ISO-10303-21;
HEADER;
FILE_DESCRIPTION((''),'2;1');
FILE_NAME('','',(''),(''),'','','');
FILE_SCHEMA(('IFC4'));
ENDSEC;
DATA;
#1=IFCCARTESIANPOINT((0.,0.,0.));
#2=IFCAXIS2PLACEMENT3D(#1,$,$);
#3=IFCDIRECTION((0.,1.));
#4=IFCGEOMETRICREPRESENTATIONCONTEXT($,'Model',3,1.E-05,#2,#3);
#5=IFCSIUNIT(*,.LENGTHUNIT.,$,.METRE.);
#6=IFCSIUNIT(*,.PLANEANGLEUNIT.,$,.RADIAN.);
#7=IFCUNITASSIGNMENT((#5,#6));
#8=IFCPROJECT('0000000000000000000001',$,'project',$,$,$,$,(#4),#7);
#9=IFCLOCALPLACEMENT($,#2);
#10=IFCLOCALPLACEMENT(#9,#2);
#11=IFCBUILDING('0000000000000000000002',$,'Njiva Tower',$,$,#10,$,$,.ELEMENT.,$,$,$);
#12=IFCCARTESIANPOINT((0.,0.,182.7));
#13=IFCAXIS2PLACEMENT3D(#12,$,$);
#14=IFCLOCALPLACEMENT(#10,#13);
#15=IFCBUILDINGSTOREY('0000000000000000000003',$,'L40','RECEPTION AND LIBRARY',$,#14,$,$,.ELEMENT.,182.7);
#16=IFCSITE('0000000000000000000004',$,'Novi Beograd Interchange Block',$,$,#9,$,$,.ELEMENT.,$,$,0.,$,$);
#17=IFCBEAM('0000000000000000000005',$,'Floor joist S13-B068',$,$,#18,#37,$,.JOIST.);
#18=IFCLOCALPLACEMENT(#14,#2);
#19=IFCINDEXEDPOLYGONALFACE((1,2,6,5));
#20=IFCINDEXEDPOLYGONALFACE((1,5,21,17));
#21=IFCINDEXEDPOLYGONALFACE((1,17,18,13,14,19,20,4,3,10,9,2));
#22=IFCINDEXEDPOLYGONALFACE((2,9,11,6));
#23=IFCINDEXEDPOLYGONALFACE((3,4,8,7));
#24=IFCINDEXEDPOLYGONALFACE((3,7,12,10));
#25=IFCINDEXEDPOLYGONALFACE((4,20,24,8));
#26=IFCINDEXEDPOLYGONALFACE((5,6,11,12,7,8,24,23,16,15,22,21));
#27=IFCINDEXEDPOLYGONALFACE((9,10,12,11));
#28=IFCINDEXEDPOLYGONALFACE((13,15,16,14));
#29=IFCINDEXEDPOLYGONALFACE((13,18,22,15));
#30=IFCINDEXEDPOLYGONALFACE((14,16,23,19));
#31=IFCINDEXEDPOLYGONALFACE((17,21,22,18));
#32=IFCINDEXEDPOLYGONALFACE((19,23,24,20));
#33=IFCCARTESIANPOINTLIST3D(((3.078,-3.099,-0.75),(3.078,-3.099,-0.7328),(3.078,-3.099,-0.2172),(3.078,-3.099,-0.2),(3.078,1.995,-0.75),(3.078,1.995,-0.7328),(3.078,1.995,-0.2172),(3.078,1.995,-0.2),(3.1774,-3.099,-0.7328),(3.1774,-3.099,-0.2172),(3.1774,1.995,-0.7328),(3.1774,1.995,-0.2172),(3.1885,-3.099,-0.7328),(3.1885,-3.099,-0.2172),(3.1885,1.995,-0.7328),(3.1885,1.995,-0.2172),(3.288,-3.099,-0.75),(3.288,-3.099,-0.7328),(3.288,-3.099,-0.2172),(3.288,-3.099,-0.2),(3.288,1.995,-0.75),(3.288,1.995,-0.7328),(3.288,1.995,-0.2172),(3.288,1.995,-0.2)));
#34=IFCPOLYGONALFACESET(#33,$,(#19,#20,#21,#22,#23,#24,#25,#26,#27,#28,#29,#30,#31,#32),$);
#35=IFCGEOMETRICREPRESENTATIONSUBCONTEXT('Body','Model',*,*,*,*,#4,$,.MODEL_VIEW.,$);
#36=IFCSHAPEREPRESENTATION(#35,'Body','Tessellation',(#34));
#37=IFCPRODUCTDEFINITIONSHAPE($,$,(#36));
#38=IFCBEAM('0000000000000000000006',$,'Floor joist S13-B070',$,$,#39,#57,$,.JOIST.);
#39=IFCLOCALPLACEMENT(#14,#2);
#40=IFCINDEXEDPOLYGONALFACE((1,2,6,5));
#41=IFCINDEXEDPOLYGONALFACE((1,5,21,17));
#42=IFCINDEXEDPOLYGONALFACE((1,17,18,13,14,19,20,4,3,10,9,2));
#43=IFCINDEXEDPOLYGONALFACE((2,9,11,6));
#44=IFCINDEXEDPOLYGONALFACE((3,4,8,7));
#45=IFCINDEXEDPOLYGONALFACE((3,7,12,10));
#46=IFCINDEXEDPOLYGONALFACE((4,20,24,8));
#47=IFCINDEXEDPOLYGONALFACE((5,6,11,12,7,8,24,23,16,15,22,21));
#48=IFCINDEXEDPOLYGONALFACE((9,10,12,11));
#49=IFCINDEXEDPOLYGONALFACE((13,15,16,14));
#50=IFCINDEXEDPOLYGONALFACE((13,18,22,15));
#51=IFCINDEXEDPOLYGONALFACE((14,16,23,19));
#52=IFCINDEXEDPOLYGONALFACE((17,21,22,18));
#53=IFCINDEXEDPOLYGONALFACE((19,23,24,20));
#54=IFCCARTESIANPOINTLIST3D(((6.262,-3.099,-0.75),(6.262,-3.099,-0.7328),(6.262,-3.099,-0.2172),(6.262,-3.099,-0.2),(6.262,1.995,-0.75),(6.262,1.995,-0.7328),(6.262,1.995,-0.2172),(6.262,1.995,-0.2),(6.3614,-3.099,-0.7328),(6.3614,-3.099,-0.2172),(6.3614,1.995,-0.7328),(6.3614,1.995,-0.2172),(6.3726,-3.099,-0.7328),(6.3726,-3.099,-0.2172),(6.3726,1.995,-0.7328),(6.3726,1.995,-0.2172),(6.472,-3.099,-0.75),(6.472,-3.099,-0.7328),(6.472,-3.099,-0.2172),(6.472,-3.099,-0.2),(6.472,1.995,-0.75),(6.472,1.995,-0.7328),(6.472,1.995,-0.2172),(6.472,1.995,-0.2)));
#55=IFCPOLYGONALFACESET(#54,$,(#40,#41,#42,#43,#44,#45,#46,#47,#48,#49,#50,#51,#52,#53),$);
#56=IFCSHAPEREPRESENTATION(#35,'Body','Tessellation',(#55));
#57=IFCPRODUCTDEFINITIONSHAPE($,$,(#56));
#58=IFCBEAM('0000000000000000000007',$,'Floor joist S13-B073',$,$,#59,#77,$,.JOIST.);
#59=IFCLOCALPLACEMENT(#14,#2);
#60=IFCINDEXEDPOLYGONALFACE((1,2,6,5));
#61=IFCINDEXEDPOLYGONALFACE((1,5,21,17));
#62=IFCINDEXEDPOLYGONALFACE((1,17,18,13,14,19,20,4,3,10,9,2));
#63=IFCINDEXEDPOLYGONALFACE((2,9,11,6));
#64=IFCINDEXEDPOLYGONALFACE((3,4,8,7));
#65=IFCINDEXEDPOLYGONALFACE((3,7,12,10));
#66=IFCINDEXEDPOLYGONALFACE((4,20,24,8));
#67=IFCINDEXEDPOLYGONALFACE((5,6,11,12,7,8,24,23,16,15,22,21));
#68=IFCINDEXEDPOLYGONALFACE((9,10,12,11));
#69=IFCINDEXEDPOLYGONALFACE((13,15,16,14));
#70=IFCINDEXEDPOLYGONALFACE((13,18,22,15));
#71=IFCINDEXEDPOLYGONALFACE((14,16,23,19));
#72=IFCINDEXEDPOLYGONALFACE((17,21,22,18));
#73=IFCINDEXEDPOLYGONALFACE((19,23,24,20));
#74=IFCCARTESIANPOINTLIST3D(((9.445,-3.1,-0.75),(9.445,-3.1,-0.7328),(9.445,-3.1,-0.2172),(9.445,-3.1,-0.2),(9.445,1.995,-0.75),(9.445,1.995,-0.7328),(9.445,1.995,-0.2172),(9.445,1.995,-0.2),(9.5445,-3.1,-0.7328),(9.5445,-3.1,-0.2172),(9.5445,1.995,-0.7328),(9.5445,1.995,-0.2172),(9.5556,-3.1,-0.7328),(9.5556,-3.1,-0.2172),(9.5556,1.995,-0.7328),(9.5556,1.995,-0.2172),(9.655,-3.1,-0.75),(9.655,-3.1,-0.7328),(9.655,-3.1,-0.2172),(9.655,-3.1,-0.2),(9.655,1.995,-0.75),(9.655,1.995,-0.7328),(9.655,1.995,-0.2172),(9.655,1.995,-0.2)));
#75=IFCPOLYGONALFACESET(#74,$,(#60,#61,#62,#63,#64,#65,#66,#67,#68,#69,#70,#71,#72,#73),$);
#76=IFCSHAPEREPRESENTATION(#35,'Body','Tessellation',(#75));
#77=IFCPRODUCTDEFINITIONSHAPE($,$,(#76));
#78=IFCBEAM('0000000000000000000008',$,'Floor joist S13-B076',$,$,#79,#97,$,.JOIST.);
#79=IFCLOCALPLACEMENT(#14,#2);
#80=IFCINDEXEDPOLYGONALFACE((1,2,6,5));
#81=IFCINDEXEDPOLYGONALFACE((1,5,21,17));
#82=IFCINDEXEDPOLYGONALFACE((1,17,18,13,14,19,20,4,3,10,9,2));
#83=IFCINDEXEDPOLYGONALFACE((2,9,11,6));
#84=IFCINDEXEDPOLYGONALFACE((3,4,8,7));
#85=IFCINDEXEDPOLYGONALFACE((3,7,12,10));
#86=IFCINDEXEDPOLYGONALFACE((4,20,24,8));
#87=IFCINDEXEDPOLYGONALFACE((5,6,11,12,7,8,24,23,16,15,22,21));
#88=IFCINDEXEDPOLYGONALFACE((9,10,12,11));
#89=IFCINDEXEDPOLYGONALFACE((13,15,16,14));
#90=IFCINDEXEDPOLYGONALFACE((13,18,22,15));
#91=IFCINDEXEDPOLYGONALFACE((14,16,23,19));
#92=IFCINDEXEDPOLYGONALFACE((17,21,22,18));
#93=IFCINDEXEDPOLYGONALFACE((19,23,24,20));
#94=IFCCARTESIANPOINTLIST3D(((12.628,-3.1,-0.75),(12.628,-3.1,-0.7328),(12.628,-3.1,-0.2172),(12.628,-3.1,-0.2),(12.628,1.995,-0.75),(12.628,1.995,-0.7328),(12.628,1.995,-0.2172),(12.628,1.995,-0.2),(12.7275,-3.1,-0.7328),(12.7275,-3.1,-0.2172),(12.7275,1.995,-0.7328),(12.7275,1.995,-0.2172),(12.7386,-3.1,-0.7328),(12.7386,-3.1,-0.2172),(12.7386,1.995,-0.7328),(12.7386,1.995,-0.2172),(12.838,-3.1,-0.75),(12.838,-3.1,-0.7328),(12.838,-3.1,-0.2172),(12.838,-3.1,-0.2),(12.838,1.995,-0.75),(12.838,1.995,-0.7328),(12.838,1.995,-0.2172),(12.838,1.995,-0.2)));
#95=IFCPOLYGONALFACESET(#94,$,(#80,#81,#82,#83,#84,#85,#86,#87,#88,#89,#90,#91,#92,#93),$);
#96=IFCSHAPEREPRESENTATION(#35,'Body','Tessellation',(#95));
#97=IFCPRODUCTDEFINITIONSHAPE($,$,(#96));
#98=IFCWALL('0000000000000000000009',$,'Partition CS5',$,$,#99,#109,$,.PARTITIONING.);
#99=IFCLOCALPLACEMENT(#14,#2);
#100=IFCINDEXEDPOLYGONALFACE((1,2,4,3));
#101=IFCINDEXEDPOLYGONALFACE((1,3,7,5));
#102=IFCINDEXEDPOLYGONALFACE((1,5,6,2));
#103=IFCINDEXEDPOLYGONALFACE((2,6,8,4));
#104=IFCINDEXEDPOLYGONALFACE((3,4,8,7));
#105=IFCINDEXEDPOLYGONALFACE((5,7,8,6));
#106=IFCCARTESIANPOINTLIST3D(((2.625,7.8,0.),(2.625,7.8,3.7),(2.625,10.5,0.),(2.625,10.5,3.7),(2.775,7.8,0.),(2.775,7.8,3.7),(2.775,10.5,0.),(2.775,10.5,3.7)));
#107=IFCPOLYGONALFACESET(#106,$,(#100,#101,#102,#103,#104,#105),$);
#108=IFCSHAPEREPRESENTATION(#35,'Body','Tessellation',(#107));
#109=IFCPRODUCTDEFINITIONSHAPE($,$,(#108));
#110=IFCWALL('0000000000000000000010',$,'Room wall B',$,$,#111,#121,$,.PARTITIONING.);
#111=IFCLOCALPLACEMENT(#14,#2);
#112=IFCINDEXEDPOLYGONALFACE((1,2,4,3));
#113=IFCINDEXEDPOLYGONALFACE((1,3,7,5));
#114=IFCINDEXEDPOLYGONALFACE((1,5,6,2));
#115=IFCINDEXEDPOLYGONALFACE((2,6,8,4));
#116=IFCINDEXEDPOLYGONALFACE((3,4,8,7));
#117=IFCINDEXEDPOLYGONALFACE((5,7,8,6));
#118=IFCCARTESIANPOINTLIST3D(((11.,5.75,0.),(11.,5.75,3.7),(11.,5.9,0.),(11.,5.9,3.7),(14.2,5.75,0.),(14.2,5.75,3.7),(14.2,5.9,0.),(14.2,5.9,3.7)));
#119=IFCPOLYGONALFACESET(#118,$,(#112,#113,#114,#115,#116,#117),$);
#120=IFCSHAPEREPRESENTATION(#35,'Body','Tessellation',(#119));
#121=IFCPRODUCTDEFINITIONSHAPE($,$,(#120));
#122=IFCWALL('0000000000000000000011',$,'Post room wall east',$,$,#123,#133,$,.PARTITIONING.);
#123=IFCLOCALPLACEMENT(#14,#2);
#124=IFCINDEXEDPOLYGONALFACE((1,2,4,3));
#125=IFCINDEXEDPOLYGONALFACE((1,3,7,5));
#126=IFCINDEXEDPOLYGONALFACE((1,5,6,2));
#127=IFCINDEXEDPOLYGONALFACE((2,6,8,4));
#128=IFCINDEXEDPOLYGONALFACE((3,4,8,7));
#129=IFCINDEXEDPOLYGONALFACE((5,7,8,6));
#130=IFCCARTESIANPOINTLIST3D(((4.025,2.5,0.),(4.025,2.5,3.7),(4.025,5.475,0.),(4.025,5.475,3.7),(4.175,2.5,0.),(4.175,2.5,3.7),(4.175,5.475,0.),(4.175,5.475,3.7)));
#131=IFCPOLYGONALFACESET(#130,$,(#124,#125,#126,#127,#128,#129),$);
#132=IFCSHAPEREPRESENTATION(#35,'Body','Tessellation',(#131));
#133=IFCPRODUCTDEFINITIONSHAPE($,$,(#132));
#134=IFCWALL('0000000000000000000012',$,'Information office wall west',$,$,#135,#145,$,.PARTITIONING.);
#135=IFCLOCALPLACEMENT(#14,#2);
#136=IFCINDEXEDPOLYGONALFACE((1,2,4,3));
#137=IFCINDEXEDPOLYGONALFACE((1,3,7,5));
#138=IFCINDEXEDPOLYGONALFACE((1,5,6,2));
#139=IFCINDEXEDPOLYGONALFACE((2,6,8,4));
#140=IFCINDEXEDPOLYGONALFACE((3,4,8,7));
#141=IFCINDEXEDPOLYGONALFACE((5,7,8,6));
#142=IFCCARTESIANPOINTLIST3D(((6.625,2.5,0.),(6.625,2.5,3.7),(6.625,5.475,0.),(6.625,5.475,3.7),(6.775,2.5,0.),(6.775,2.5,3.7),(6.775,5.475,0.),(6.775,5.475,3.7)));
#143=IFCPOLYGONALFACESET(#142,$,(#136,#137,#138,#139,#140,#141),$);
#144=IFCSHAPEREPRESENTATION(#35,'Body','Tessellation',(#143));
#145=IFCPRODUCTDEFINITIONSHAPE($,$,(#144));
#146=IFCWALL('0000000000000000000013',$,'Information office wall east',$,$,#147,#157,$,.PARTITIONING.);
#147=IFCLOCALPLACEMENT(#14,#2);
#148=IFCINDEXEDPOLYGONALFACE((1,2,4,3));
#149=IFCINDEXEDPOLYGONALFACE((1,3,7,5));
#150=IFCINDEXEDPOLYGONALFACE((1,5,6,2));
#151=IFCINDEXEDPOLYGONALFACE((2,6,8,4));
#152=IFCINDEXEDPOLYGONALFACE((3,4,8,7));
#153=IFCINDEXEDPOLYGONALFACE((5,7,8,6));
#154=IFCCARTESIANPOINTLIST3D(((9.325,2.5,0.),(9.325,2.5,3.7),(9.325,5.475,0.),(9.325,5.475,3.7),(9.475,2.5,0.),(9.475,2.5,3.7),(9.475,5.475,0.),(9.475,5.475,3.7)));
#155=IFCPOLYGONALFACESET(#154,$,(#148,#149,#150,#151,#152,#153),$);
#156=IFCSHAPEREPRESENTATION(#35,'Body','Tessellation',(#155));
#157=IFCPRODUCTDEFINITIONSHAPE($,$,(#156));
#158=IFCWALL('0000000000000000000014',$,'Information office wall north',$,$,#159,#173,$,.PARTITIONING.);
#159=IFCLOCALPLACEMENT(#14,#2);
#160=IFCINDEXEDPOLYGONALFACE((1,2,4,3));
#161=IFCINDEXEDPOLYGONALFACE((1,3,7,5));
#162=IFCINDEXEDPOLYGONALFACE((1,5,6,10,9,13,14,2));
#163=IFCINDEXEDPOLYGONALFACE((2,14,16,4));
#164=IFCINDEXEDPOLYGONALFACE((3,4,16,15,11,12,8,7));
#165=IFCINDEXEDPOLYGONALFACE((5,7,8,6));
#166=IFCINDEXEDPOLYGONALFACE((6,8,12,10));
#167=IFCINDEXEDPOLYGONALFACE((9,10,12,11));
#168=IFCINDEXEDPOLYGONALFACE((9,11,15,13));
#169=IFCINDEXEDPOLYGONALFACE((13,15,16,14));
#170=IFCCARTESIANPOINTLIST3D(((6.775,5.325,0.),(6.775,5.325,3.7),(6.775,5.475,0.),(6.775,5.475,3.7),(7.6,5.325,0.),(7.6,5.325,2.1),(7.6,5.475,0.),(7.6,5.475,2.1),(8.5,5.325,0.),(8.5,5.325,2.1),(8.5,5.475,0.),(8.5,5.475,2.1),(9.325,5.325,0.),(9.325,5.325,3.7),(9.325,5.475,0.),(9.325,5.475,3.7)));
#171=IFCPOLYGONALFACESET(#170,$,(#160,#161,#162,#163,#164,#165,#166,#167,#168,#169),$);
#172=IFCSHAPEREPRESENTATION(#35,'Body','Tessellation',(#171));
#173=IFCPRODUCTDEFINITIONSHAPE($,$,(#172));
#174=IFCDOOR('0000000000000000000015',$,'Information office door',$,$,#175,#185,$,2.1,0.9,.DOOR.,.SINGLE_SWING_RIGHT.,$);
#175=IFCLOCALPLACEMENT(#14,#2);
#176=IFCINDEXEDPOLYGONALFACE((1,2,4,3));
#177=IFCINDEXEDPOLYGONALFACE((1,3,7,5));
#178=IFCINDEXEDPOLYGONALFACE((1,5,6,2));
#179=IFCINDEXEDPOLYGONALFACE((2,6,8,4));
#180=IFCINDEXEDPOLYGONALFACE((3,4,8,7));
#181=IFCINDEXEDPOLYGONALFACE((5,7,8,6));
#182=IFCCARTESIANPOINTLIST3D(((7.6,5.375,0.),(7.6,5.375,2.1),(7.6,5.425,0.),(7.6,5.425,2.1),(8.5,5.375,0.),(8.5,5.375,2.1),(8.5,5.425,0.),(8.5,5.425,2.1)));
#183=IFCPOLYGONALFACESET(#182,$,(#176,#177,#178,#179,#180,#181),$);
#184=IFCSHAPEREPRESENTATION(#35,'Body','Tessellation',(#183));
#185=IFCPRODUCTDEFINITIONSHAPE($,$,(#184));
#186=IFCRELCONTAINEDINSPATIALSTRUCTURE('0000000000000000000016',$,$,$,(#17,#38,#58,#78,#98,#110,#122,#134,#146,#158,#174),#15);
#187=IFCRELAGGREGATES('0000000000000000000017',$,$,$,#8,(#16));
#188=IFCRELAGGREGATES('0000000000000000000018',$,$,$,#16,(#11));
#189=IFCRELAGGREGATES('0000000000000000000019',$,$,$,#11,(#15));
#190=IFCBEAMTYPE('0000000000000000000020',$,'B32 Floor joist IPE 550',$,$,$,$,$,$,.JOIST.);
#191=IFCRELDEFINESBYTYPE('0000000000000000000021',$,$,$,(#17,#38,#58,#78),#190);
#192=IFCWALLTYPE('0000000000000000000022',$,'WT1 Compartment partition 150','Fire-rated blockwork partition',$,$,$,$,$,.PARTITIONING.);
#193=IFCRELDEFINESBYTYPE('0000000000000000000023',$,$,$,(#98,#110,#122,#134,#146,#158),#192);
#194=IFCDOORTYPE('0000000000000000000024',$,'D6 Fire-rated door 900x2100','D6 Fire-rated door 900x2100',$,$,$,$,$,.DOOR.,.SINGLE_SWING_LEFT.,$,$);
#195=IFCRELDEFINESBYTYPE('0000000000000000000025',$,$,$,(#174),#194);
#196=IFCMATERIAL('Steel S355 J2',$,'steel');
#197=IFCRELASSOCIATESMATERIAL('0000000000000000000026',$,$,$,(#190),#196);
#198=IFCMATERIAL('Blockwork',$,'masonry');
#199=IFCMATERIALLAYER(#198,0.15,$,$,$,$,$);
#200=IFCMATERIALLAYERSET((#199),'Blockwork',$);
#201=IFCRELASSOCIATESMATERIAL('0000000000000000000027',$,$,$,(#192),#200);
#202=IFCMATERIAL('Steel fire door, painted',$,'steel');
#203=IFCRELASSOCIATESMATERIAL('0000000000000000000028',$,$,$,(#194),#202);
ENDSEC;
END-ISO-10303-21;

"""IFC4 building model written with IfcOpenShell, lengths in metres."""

from ifc_helpers import new_model, si_unit, direction, frame, frame_2d, origin, origin_2d, place, context, subcontext, project, spatial, rectangle, i_section, extrude, material, layer, layer_set, material_profile, profile_set, type_object, element, fill, save


model = new_model("IFC4")

# Units and contexts
model_context = context("Model", 3, precision=1e-05, world=origin(), true_north=direction((0.0, 1.0)))
body_context = subcontext(model_context, "Body", "Model", "MODEL_VIEW")
ifc_project = project(units=[si_unit("LENGTHUNIT", "METRE"), si_unit("PLANEANGLEUNIT", "RADIAN")], contexts=[model_context])

# Site, building, storey
site_placement = place(None, origin())
site = spatial("IfcSite", under=ifc_project, at=site_placement, Name="Novi Beograd Interchange Block", CompositionType="ELEMENT", RefElevation=0.0)
building_placement = place(site_placement, origin())
building = spatial("IfcBuilding", under=site, at=building_placement, Name="Njiva Tower", CompositionType="ELEMENT")
storey_placement = place(building_placement, frame((0.0, 0.0, 182.7)))
storey = spatial("IfcBuildingStorey", under=building, at=storey_placement, Name="L40", Description="RECEPTION AND LIBRARY", CompositionType="ELEMENT", Elevation=182.7)

# Beams
ifc_material_1 = material(Name="Steel S355 J2", Category="steel")
ifc_material_profile = material_profile(ifc_material_1, i_section(OverallWidth=0.21, OverallDepth=0.55, WebThickness=0.0111, FlangeThickness=0.0172, at=origin_2d()), Name="IPE 550")
ifc_profile_set = profile_set([ifc_material_profile], Name="Steel S355 J2")
beam_type = type_object("IfcBeamType", Name="B32 Floor joist IPE 550", PredefinedType="JOIST", material=ifc_profile_set)
for number, where, z_axis, x_axis, name in (
    (1, (3.183, 1.995, -0.475), (0.0, -1.0, 0.0), (1.0, 0.0, 0.0), "Floor joist S13-B068"),
    (2, (6.367, 1.995, -0.475), (0.0, -1.0, 0.0), (1.0, 0.0, 0.0), "Floor joist S13-B070"),
):
    element("IfcBeam", number, at=place(storey_placement, frame(where, z_axis=z_axis, x_axis=x_axis)), inside=storey, type_object=beam_type, Name=name, PredefinedType="JOIST", context=body_context, shape_type="SweptSolid", body=[
        extrude(i_section(OverallWidth=0.21, OverallDepth=0.55, WebThickness=0.0111, FlangeThickness=0.0172, at=origin_2d()), origin(), (0.0, 0.0, 1.0), 5.094),
    ])
for number, where, z_axis, x_axis, name in (
    (3, (9.55, 1.995, -0.475), (0.0, -1.0, 0.0), (1.0, 0.0, 0.0), "Floor joist S13-B073"),
    (4, (12.733, 1.995, -0.475), (0.0, -1.0, 0.0), (1.0, 0.0, 0.0), "Floor joist S13-B076"),
):
    element("IfcBeam", number, at=place(storey_placement, frame(where, z_axis=z_axis, x_axis=x_axis)), inside=storey, type_object=beam_type, Name=name, PredefinedType="JOIST", context=body_context, shape_type="SweptSolid", body=[
        extrude(i_section(OverallWidth=0.21, OverallDepth=0.55, WebThickness=0.0111, FlangeThickness=0.0172, at=origin_2d()), origin(), (0.0, 0.0, 1.0), 5.095),
    ])

# Walls
ifc_material_2 = material(Name="Blockwork", Category="masonry")
ifc_layer_1 = layer(ifc_material_2, 0.15)
ifc_layer_set_1 = layer_set([ifc_layer_1], Name="Blockwork")
wall_type_1 = type_object("IfcWallType", Name="WT1 Compartment partition 150", Description="Fire-rated blockwork partition", PredefinedType="PARTITIONING", material=ifc_layer_set_1)
wall_1_placement = place(storey_placement, frame((2.7, 7.8, 0.0), z_axis=(0.0, 0.0, 1.0), x_axis=(0.0, 1.0, 0.0)))
element("IfcWall", 5, at=wall_1_placement, inside=storey, type_object=wall_type_1, Name="Partition CS5", PredefinedType="PARTITIONING", context=body_context, shape_type="SweptSolid", body=[
    extrude(rectangle(XDim=2.7, YDim=0.15, at=frame_2d((1.35, 0.0))), origin(), (0.0, 0.0, 1.0), 3.7),
])
wall_2_placement = place(storey_placement, frame((11.0, 5.825, 0.0), z_axis=(0.0, 0.0, 1.0), x_axis=(1.0, 0.0, 0.0)))
element("IfcWall", 6, at=wall_2_placement, inside=storey, type_object=wall_type_1, Name="Room wall B", PredefinedType="PARTITIONING", context=body_context, shape_type="SweptSolid", body=[
    extrude(rectangle(XDim=3.2, YDim=0.15, at=frame_2d((1.6, 0.0))), origin(), (0.0, 0.0, 1.0), 3.7),
])
for number, where, z_axis, x_axis, name in (
    (7, (4.1, 2.5, 0.0), (0.0, 0.0, 1.0), (0.0, 1.0, 0.0), "Post room wall east"),
    (8, (6.7, 2.5, 0.0), (0.0, 0.0, 1.0), (0.0, 1.0, 0.0), "Information office wall west"),
    (9, (9.4, 2.5, 0.0), (0.0, 0.0, 1.0), (0.0, 1.0, 0.0), "Information office wall east"),
):
    element("IfcWall", number, at=place(storey_placement, frame(where, z_axis=z_axis, x_axis=x_axis)), inside=storey, type_object=wall_type_1, Name=name, PredefinedType="PARTITIONING", context=body_context, shape_type="SweptSolid", body=[
        extrude(rectangle(XDim=2.975, YDim=0.15, at=frame_2d((1.4875, 0.0))), origin(), (0.0, 0.0, 1.0), 3.7),
    ])

# Wall, opening, door
wall_3_placement = place(storey_placement, frame((6.775, 5.4, 0.0), z_axis=(0.0, 0.0, 1.0), x_axis=(1.0, 0.0, 0.0)))
wall_3 = element("IfcWall", 10, at=wall_3_placement, inside=storey, type_object=wall_type_1, Name="Information office wall north", PredefinedType="PARTITIONING", context=body_context, shape_type="SweptSolid", body=[
    extrude(rectangle(XDim=2.55, YDim=0.15, at=frame_2d((1.275, 0.0))), origin(), (0.0, 0.0, 1.0), 3.7),
])
opening_1_placement = place(wall_3_placement, frame((0.825, 0.0, 0.0)))
opening_1 = element("IfcOpeningElement", 11, at=opening_1_placement, cuts=wall_3, PredefinedType="OPENING", context=body_context, shape_type="SweptSolid", body=[
    extrude(rectangle(XDim=0.9, YDim=2.1, at=frame_2d((0.45, 1.05))), frame((0.0, 0.085, 0.0), z_axis=(0.0, -1.0, 0.0), x_axis=(1.0, 0.0, 0.0)), (0.0, 0.0, 1.0), 0.17),
])
ifc_material_3 = material(Name="Steel fire door, painted", Category="steel")
door_type_1 = type_object("IfcDoorType", Name="D6 Fire-rated door 900x2100", Description="D6 Fire-rated door 900x2100", OperationType="SINGLE_SWING_LEFT", PredefinedType="DOOR", material=ifc_material_3)
door_1_placement = place(opening_1_placement, origin())
door_1 = element("IfcDoor", 12, at=door_1_placement, inside=storey, type_object=door_type_1, Name="Information office door", OperationType="SINGLE_SWING_RIGHT", OverallHeight=2.1, OverallWidth=0.9, PredefinedType="DOOR", context=body_context, shape_type="SweptSolid", body=[
    extrude(rectangle(XDim=0.9, YDim=2.1, at=frame_2d((0.45, 1.05))), frame((0.0, 0.025, 0.0), z_axis=(0.0, -1.0, 0.0), x_axis=(1.0, 0.0, 0.0)), (0.0, 0.0, 1.0), 0.05),
])
fill(opening_1, door_1)

save(model, "model.ifc")
